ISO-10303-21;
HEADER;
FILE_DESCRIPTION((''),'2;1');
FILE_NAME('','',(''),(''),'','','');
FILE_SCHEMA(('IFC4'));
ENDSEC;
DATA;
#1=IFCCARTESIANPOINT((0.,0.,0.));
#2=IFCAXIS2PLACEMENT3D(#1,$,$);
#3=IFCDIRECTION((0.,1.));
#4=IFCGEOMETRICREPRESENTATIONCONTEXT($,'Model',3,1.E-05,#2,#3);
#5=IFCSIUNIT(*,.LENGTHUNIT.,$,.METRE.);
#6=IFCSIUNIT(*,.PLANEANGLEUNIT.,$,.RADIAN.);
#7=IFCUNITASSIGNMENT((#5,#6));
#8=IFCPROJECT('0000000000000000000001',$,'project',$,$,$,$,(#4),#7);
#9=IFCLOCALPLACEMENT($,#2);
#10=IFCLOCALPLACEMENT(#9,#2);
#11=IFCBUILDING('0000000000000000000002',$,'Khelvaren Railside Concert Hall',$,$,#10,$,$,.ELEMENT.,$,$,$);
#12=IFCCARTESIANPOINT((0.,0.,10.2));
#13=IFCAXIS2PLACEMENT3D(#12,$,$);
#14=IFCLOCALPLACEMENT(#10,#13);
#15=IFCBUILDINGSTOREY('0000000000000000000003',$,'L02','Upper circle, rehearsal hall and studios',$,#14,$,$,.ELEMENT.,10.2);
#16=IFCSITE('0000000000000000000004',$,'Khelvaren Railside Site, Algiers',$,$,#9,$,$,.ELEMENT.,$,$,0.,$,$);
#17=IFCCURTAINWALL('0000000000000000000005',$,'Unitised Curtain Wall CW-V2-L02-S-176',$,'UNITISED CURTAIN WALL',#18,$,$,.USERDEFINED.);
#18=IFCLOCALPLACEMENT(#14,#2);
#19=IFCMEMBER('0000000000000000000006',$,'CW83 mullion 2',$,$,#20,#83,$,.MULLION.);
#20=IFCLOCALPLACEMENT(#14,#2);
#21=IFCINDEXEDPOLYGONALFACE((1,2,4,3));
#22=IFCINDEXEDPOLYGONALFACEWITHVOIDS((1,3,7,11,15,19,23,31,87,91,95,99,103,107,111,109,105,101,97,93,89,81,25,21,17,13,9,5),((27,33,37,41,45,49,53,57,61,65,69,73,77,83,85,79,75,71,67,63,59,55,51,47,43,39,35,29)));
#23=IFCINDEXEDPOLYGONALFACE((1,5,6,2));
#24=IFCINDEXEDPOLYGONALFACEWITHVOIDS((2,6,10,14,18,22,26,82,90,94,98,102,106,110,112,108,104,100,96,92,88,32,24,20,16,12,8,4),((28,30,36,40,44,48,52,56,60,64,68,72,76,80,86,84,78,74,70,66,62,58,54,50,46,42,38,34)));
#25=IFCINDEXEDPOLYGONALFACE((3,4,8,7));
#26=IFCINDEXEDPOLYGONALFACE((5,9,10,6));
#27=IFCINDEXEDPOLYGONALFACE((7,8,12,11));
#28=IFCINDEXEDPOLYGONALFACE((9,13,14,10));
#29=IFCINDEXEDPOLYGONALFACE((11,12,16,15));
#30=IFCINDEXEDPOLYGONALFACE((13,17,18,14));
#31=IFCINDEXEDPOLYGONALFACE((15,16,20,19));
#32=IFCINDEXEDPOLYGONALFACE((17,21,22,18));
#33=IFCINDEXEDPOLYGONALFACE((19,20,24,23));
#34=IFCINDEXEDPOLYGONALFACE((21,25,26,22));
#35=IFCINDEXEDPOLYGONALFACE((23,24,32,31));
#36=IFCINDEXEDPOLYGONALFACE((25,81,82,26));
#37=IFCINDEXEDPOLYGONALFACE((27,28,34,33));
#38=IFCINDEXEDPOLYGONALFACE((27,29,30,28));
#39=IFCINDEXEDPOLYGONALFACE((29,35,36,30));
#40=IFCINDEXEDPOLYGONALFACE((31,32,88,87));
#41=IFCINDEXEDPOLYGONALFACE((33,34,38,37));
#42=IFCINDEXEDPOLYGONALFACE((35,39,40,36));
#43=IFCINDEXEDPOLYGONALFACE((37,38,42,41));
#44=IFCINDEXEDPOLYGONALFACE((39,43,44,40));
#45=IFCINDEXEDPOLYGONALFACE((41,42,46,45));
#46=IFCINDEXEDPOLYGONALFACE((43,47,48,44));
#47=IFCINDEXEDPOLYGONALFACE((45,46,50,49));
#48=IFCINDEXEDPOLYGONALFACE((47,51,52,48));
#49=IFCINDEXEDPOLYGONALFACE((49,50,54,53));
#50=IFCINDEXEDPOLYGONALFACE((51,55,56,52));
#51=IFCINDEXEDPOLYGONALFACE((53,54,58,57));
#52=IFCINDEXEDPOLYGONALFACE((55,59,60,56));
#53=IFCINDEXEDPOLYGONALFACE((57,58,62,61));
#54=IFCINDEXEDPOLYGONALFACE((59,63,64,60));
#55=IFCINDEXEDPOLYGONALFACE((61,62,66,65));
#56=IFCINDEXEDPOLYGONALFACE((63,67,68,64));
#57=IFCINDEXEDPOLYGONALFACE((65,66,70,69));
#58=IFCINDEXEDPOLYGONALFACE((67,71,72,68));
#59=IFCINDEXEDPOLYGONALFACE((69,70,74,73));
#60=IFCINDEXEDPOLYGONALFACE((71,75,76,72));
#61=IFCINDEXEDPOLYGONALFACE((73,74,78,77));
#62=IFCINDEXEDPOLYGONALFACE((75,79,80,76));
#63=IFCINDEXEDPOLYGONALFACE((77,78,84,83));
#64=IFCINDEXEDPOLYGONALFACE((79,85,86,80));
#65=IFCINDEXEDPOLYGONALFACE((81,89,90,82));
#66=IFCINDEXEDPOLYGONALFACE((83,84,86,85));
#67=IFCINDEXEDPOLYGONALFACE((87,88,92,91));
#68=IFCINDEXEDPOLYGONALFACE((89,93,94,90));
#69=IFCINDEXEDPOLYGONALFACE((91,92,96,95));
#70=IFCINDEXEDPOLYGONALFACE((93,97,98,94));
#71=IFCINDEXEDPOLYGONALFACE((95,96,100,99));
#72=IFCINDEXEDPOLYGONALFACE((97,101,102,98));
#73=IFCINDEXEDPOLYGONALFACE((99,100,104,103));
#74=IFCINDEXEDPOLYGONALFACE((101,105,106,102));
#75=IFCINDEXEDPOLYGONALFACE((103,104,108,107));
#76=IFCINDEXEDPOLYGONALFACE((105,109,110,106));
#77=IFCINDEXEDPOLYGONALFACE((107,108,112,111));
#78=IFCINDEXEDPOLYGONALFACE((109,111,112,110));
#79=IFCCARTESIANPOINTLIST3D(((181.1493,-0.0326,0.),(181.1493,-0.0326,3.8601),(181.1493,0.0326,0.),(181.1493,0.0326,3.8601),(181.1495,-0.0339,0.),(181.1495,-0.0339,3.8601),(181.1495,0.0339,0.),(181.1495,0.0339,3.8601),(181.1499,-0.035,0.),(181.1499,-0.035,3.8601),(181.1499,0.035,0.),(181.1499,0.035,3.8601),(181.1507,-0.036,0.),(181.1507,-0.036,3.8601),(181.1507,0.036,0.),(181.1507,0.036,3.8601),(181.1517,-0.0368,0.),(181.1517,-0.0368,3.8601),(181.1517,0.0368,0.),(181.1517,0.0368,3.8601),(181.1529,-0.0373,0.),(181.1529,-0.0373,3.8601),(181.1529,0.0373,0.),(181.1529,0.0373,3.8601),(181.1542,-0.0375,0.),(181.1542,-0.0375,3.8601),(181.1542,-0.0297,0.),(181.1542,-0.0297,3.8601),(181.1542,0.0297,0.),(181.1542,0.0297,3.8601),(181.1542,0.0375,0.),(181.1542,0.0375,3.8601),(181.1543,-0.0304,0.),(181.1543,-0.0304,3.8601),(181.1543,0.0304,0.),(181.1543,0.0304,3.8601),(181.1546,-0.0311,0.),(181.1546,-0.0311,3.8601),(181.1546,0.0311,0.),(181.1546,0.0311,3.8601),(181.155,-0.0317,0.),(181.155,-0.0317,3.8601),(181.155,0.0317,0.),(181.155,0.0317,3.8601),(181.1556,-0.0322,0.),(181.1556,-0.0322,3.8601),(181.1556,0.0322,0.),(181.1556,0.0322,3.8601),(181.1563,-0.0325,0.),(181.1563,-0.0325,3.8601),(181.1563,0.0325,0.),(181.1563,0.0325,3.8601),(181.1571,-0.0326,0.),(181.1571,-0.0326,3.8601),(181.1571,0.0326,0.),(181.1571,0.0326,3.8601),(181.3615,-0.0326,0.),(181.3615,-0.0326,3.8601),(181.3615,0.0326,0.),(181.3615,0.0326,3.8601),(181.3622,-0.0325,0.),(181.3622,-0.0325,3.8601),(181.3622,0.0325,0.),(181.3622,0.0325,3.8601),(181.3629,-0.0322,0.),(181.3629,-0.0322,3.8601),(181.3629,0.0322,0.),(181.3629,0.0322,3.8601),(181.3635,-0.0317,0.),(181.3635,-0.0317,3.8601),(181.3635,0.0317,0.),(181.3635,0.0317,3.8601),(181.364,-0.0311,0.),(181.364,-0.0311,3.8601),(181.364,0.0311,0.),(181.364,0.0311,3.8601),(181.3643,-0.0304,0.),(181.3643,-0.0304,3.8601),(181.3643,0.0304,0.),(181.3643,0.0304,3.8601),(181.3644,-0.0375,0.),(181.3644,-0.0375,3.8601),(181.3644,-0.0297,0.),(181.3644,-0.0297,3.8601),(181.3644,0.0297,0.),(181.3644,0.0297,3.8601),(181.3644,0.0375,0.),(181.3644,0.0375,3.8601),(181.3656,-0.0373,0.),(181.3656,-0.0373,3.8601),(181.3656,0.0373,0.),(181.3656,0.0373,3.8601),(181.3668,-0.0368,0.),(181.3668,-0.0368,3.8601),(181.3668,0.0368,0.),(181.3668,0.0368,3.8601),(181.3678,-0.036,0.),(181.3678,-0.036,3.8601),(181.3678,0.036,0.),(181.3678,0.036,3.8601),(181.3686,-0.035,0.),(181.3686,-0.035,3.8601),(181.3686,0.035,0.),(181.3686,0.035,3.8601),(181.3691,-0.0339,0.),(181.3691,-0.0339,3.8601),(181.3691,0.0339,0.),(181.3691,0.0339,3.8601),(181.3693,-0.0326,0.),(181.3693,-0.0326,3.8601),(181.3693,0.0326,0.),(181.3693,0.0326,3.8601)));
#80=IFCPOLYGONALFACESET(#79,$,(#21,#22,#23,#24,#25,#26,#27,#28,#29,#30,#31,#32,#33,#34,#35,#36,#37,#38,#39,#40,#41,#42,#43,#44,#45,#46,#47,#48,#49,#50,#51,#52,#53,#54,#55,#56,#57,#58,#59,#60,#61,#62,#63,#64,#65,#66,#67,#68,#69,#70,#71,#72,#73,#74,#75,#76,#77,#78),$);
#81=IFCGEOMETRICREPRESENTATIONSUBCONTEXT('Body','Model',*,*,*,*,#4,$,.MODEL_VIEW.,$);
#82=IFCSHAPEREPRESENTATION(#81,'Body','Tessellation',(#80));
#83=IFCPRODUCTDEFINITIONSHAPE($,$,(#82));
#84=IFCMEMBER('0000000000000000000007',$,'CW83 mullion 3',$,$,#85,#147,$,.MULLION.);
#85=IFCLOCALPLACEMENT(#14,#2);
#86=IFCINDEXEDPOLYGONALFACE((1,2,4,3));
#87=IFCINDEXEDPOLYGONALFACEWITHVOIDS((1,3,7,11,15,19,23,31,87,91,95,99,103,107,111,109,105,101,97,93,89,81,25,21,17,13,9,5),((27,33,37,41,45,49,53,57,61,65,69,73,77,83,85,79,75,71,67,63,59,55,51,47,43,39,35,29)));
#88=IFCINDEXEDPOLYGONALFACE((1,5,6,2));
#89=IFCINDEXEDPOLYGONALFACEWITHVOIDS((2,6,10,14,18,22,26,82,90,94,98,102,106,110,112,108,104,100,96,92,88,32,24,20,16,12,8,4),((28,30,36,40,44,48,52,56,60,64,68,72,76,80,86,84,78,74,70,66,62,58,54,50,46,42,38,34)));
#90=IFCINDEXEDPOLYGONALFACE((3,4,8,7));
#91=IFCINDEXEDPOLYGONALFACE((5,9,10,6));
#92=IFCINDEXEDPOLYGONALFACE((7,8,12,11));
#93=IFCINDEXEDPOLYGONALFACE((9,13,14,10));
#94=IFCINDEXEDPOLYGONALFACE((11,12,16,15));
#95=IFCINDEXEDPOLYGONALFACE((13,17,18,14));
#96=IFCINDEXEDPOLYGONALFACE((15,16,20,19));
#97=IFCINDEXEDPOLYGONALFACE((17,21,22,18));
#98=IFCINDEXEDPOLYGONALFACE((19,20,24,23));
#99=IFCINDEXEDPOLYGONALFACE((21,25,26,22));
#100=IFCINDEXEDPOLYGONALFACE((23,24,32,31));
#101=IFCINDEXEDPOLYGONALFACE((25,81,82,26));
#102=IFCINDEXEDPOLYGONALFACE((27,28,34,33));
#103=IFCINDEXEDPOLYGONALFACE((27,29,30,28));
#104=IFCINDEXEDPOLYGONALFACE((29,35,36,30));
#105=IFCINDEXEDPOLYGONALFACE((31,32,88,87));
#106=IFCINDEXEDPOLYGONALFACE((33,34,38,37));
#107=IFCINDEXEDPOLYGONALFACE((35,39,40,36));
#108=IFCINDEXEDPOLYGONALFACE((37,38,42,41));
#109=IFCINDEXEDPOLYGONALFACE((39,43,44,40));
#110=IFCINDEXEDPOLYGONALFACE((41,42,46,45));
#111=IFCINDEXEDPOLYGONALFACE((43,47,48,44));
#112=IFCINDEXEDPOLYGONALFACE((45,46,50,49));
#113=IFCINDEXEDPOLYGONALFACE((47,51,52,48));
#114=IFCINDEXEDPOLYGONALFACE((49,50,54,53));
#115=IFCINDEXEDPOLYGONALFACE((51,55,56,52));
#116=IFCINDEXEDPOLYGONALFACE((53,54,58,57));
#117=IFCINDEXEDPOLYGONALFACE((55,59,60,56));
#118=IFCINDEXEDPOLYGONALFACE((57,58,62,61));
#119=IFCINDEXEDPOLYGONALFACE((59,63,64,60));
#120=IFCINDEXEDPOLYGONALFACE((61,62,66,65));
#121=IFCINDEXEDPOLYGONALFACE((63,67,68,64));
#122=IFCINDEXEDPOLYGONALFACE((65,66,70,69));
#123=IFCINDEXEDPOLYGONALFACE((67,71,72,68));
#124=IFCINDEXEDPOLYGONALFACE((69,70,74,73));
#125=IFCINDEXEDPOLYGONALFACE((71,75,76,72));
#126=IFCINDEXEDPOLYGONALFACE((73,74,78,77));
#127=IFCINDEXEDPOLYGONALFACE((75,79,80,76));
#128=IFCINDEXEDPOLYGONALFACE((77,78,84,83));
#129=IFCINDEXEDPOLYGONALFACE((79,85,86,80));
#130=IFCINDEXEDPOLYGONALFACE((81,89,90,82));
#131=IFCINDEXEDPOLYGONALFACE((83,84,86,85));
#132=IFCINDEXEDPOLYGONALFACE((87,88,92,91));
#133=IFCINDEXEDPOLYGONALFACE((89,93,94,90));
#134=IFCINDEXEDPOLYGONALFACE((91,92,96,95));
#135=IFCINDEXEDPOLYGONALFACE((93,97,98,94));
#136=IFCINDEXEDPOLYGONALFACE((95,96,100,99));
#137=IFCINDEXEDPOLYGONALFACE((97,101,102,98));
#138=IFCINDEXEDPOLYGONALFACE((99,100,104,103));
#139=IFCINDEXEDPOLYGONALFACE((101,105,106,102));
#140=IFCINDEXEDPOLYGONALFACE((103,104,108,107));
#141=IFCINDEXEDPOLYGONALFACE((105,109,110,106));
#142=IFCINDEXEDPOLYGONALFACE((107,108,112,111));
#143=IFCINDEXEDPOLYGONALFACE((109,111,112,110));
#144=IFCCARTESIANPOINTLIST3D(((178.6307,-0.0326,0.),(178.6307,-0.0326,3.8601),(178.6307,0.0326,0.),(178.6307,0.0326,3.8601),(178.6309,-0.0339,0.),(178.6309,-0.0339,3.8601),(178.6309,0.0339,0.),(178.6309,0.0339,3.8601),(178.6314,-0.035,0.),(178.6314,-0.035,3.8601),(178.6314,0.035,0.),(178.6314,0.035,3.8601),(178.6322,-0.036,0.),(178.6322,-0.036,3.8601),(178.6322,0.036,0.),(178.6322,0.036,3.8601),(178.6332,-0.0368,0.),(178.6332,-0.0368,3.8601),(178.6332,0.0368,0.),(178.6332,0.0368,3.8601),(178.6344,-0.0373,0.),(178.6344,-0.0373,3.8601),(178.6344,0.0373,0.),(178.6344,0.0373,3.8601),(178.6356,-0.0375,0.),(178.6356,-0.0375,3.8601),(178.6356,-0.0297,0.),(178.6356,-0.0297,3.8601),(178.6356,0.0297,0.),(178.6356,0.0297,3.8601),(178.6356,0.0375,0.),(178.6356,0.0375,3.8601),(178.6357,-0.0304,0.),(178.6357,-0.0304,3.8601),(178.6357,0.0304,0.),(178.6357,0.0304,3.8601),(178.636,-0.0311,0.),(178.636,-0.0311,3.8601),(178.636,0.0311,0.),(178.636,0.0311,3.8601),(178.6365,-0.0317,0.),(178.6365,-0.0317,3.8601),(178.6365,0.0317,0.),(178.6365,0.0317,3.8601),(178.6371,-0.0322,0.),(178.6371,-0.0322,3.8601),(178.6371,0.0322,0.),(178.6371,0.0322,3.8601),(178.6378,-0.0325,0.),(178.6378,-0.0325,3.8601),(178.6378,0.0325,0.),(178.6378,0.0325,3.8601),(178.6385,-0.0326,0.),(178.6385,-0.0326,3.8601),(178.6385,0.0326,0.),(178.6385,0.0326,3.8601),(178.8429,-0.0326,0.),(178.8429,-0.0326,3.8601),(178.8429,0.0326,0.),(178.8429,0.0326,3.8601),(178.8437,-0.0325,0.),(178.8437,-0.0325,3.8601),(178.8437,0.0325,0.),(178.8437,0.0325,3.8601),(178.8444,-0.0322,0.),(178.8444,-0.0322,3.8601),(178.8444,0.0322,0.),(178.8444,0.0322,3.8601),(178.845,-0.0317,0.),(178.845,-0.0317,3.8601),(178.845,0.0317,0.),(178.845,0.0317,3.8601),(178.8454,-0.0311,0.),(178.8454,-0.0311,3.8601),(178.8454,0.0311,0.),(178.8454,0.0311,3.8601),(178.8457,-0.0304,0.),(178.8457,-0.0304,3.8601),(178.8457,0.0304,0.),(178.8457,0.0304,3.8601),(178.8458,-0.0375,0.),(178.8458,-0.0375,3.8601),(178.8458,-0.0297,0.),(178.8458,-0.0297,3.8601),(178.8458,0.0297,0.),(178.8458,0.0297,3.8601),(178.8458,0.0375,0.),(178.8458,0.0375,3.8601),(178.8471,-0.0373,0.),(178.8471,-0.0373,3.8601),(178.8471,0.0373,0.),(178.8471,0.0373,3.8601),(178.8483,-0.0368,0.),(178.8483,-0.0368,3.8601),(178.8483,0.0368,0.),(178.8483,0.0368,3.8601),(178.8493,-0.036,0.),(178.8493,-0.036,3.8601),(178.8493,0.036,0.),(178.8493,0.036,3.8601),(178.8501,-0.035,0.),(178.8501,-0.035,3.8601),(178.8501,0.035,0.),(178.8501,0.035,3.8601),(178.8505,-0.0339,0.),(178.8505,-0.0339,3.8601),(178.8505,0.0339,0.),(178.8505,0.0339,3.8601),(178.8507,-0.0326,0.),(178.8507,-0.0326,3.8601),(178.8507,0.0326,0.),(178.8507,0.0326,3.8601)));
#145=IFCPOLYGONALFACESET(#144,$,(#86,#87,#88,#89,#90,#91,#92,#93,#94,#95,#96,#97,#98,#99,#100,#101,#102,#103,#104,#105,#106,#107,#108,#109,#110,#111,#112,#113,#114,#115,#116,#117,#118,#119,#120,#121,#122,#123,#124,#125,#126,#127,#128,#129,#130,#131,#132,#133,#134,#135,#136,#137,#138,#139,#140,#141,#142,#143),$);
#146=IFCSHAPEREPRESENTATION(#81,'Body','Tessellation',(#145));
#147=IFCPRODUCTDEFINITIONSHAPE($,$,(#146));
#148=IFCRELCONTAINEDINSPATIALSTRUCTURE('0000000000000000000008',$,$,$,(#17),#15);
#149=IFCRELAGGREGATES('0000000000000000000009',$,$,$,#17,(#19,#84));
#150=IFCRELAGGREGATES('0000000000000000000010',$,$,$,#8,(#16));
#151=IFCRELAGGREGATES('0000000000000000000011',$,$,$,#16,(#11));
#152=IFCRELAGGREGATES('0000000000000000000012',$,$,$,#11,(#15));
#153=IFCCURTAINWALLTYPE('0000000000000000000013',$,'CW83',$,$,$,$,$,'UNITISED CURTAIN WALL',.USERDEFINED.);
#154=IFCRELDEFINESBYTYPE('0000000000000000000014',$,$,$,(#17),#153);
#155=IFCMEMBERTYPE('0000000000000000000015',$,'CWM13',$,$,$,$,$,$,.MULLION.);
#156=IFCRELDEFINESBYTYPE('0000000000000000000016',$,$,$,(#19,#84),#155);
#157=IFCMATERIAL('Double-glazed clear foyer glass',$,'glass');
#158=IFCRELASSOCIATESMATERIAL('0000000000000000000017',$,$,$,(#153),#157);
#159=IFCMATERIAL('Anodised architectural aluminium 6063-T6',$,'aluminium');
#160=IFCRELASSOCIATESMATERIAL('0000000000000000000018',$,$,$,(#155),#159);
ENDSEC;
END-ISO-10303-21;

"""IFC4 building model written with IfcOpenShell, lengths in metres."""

from ifc_helpers import new_model, si_unit, direction, frame, origin, origin_2d, place, context, subcontext, project, spatial, hollow_rectangle, extrude, material, material_profile, profile_set, type_object, element, aggregate, save


model = new_model("IFC4")

# Units and contexts
model_context = context("Model", 3, precision=1e-05, world=origin(), true_north=direction((0.0, 1.0)))
body_context = subcontext(model_context, "Body", "Model", "MODEL_VIEW")
ifc_project = project(units=[si_unit("LENGTHUNIT", "METRE"), si_unit("PLANEANGLEUNIT", "RADIAN")], contexts=[model_context])

# Site, building, storey
site_placement = place(None, origin())
site = spatial("IfcSite", under=ifc_project, at=site_placement, Name="Khelvaren Railside Site, Algiers", CompositionType="ELEMENT", RefElevation=0.0)
building_placement = place(site_placement, origin())
building = spatial("IfcBuilding", under=site, at=building_placement, Name="Khelvaren Railside Concert Hall", CompositionType="ELEMENT")
storey_placement = place(building_placement, frame((0.0, 0.0, 10.2)))
storey = spatial("IfcBuildingStorey", under=building, at=storey_placement, Name="L02", Description="Upper circle, rehearsal hall and studios", CompositionType="ELEMENT", Elevation=10.2)

# Curtain wall, members
ifc_material_1 = material(Name="Double-glazed clear foyer glass", Category="glass")
curtain_wall_type = type_object("IfcCurtainWallType", Name="CW83", ElementType="UNITISED CURTAIN WALL", PredefinedType="USERDEFINED", material=ifc_material_1)
curtain_wall_placement = place(storey_placement, origin())
curtain_wall = element("IfcCurtainWall", 1, at=curtain_wall_placement, inside=storey, type_object=curtain_wall_type, Name="Unitised Curtain Wall CW-V2-L02-S-176", ObjectType="UNITISED CURTAIN WALL", PredefinedType="USERDEFINED")
ifc_material_2 = material(Name="Anodised architectural aluminium 6063-T6", Category="aluminium")
ifc_material_profile_1 = material_profile(ifc_material_2, hollow_rectangle(XDim=0.075, YDim=0.22, WallThickness=0.0049, InnerFilletRadius=0.0029, OuterFilletRadius=0.0049, at=origin_2d()), Name="CWM 75x220x5")
ifc_profile_set_1 = profile_set([ifc_material_profile_1], Name="Anodised architectural aluminium 6063-T6")
member_type_1 = type_object("IfcMemberType", Name="CWM13", PredefinedType="MULLION", material=ifc_profile_set_1)
member_1_placement = place(storey_placement, frame((181.2593, 0.0, 0.0), z_axis=(0.0, 0.0, 1.0), x_axis=(0.0, -1.0, 0.0)))
member_1 = element("IfcMember", 2, at=member_1_placement, type_object=member_type_1, Name="CW83 mullion 2", PredefinedType="MULLION", context=body_context, shape_type="SweptSolid", body=[
    extrude(hollow_rectangle(XDim=0.075, YDim=0.22, WallThickness=0.0049, InnerFilletRadius=0.0029, OuterFilletRadius=0.0049, at=origin_2d()), origin(), (0.0, 0.0, 1.0), 3.8601),
])
member_2_placement = place(storey_placement, frame((178.7407, 0.0, 0.0), z_axis=(0.0, 0.0, 1.0), x_axis=(0.0, -1.0, 0.0)))
member_2 = element("IfcMember", 3, at=member_2_placement, type_object=member_type_1, Name="CW83 mullion 3", PredefinedType="MULLION", context=body_context, shape_type="SweptSolid", body=[
    extrude(hollow_rectangle(XDim=0.075, YDim=0.22, WallThickness=0.0049, InnerFilletRadius=0.0029, OuterFilletRadius=0.0049, at=origin_2d()), origin(), (0.0, 0.0, 1.0), 3.8601),
])

aggregate(curtain_wall, [member_1, member_2])

save(model, "model.ifc")
